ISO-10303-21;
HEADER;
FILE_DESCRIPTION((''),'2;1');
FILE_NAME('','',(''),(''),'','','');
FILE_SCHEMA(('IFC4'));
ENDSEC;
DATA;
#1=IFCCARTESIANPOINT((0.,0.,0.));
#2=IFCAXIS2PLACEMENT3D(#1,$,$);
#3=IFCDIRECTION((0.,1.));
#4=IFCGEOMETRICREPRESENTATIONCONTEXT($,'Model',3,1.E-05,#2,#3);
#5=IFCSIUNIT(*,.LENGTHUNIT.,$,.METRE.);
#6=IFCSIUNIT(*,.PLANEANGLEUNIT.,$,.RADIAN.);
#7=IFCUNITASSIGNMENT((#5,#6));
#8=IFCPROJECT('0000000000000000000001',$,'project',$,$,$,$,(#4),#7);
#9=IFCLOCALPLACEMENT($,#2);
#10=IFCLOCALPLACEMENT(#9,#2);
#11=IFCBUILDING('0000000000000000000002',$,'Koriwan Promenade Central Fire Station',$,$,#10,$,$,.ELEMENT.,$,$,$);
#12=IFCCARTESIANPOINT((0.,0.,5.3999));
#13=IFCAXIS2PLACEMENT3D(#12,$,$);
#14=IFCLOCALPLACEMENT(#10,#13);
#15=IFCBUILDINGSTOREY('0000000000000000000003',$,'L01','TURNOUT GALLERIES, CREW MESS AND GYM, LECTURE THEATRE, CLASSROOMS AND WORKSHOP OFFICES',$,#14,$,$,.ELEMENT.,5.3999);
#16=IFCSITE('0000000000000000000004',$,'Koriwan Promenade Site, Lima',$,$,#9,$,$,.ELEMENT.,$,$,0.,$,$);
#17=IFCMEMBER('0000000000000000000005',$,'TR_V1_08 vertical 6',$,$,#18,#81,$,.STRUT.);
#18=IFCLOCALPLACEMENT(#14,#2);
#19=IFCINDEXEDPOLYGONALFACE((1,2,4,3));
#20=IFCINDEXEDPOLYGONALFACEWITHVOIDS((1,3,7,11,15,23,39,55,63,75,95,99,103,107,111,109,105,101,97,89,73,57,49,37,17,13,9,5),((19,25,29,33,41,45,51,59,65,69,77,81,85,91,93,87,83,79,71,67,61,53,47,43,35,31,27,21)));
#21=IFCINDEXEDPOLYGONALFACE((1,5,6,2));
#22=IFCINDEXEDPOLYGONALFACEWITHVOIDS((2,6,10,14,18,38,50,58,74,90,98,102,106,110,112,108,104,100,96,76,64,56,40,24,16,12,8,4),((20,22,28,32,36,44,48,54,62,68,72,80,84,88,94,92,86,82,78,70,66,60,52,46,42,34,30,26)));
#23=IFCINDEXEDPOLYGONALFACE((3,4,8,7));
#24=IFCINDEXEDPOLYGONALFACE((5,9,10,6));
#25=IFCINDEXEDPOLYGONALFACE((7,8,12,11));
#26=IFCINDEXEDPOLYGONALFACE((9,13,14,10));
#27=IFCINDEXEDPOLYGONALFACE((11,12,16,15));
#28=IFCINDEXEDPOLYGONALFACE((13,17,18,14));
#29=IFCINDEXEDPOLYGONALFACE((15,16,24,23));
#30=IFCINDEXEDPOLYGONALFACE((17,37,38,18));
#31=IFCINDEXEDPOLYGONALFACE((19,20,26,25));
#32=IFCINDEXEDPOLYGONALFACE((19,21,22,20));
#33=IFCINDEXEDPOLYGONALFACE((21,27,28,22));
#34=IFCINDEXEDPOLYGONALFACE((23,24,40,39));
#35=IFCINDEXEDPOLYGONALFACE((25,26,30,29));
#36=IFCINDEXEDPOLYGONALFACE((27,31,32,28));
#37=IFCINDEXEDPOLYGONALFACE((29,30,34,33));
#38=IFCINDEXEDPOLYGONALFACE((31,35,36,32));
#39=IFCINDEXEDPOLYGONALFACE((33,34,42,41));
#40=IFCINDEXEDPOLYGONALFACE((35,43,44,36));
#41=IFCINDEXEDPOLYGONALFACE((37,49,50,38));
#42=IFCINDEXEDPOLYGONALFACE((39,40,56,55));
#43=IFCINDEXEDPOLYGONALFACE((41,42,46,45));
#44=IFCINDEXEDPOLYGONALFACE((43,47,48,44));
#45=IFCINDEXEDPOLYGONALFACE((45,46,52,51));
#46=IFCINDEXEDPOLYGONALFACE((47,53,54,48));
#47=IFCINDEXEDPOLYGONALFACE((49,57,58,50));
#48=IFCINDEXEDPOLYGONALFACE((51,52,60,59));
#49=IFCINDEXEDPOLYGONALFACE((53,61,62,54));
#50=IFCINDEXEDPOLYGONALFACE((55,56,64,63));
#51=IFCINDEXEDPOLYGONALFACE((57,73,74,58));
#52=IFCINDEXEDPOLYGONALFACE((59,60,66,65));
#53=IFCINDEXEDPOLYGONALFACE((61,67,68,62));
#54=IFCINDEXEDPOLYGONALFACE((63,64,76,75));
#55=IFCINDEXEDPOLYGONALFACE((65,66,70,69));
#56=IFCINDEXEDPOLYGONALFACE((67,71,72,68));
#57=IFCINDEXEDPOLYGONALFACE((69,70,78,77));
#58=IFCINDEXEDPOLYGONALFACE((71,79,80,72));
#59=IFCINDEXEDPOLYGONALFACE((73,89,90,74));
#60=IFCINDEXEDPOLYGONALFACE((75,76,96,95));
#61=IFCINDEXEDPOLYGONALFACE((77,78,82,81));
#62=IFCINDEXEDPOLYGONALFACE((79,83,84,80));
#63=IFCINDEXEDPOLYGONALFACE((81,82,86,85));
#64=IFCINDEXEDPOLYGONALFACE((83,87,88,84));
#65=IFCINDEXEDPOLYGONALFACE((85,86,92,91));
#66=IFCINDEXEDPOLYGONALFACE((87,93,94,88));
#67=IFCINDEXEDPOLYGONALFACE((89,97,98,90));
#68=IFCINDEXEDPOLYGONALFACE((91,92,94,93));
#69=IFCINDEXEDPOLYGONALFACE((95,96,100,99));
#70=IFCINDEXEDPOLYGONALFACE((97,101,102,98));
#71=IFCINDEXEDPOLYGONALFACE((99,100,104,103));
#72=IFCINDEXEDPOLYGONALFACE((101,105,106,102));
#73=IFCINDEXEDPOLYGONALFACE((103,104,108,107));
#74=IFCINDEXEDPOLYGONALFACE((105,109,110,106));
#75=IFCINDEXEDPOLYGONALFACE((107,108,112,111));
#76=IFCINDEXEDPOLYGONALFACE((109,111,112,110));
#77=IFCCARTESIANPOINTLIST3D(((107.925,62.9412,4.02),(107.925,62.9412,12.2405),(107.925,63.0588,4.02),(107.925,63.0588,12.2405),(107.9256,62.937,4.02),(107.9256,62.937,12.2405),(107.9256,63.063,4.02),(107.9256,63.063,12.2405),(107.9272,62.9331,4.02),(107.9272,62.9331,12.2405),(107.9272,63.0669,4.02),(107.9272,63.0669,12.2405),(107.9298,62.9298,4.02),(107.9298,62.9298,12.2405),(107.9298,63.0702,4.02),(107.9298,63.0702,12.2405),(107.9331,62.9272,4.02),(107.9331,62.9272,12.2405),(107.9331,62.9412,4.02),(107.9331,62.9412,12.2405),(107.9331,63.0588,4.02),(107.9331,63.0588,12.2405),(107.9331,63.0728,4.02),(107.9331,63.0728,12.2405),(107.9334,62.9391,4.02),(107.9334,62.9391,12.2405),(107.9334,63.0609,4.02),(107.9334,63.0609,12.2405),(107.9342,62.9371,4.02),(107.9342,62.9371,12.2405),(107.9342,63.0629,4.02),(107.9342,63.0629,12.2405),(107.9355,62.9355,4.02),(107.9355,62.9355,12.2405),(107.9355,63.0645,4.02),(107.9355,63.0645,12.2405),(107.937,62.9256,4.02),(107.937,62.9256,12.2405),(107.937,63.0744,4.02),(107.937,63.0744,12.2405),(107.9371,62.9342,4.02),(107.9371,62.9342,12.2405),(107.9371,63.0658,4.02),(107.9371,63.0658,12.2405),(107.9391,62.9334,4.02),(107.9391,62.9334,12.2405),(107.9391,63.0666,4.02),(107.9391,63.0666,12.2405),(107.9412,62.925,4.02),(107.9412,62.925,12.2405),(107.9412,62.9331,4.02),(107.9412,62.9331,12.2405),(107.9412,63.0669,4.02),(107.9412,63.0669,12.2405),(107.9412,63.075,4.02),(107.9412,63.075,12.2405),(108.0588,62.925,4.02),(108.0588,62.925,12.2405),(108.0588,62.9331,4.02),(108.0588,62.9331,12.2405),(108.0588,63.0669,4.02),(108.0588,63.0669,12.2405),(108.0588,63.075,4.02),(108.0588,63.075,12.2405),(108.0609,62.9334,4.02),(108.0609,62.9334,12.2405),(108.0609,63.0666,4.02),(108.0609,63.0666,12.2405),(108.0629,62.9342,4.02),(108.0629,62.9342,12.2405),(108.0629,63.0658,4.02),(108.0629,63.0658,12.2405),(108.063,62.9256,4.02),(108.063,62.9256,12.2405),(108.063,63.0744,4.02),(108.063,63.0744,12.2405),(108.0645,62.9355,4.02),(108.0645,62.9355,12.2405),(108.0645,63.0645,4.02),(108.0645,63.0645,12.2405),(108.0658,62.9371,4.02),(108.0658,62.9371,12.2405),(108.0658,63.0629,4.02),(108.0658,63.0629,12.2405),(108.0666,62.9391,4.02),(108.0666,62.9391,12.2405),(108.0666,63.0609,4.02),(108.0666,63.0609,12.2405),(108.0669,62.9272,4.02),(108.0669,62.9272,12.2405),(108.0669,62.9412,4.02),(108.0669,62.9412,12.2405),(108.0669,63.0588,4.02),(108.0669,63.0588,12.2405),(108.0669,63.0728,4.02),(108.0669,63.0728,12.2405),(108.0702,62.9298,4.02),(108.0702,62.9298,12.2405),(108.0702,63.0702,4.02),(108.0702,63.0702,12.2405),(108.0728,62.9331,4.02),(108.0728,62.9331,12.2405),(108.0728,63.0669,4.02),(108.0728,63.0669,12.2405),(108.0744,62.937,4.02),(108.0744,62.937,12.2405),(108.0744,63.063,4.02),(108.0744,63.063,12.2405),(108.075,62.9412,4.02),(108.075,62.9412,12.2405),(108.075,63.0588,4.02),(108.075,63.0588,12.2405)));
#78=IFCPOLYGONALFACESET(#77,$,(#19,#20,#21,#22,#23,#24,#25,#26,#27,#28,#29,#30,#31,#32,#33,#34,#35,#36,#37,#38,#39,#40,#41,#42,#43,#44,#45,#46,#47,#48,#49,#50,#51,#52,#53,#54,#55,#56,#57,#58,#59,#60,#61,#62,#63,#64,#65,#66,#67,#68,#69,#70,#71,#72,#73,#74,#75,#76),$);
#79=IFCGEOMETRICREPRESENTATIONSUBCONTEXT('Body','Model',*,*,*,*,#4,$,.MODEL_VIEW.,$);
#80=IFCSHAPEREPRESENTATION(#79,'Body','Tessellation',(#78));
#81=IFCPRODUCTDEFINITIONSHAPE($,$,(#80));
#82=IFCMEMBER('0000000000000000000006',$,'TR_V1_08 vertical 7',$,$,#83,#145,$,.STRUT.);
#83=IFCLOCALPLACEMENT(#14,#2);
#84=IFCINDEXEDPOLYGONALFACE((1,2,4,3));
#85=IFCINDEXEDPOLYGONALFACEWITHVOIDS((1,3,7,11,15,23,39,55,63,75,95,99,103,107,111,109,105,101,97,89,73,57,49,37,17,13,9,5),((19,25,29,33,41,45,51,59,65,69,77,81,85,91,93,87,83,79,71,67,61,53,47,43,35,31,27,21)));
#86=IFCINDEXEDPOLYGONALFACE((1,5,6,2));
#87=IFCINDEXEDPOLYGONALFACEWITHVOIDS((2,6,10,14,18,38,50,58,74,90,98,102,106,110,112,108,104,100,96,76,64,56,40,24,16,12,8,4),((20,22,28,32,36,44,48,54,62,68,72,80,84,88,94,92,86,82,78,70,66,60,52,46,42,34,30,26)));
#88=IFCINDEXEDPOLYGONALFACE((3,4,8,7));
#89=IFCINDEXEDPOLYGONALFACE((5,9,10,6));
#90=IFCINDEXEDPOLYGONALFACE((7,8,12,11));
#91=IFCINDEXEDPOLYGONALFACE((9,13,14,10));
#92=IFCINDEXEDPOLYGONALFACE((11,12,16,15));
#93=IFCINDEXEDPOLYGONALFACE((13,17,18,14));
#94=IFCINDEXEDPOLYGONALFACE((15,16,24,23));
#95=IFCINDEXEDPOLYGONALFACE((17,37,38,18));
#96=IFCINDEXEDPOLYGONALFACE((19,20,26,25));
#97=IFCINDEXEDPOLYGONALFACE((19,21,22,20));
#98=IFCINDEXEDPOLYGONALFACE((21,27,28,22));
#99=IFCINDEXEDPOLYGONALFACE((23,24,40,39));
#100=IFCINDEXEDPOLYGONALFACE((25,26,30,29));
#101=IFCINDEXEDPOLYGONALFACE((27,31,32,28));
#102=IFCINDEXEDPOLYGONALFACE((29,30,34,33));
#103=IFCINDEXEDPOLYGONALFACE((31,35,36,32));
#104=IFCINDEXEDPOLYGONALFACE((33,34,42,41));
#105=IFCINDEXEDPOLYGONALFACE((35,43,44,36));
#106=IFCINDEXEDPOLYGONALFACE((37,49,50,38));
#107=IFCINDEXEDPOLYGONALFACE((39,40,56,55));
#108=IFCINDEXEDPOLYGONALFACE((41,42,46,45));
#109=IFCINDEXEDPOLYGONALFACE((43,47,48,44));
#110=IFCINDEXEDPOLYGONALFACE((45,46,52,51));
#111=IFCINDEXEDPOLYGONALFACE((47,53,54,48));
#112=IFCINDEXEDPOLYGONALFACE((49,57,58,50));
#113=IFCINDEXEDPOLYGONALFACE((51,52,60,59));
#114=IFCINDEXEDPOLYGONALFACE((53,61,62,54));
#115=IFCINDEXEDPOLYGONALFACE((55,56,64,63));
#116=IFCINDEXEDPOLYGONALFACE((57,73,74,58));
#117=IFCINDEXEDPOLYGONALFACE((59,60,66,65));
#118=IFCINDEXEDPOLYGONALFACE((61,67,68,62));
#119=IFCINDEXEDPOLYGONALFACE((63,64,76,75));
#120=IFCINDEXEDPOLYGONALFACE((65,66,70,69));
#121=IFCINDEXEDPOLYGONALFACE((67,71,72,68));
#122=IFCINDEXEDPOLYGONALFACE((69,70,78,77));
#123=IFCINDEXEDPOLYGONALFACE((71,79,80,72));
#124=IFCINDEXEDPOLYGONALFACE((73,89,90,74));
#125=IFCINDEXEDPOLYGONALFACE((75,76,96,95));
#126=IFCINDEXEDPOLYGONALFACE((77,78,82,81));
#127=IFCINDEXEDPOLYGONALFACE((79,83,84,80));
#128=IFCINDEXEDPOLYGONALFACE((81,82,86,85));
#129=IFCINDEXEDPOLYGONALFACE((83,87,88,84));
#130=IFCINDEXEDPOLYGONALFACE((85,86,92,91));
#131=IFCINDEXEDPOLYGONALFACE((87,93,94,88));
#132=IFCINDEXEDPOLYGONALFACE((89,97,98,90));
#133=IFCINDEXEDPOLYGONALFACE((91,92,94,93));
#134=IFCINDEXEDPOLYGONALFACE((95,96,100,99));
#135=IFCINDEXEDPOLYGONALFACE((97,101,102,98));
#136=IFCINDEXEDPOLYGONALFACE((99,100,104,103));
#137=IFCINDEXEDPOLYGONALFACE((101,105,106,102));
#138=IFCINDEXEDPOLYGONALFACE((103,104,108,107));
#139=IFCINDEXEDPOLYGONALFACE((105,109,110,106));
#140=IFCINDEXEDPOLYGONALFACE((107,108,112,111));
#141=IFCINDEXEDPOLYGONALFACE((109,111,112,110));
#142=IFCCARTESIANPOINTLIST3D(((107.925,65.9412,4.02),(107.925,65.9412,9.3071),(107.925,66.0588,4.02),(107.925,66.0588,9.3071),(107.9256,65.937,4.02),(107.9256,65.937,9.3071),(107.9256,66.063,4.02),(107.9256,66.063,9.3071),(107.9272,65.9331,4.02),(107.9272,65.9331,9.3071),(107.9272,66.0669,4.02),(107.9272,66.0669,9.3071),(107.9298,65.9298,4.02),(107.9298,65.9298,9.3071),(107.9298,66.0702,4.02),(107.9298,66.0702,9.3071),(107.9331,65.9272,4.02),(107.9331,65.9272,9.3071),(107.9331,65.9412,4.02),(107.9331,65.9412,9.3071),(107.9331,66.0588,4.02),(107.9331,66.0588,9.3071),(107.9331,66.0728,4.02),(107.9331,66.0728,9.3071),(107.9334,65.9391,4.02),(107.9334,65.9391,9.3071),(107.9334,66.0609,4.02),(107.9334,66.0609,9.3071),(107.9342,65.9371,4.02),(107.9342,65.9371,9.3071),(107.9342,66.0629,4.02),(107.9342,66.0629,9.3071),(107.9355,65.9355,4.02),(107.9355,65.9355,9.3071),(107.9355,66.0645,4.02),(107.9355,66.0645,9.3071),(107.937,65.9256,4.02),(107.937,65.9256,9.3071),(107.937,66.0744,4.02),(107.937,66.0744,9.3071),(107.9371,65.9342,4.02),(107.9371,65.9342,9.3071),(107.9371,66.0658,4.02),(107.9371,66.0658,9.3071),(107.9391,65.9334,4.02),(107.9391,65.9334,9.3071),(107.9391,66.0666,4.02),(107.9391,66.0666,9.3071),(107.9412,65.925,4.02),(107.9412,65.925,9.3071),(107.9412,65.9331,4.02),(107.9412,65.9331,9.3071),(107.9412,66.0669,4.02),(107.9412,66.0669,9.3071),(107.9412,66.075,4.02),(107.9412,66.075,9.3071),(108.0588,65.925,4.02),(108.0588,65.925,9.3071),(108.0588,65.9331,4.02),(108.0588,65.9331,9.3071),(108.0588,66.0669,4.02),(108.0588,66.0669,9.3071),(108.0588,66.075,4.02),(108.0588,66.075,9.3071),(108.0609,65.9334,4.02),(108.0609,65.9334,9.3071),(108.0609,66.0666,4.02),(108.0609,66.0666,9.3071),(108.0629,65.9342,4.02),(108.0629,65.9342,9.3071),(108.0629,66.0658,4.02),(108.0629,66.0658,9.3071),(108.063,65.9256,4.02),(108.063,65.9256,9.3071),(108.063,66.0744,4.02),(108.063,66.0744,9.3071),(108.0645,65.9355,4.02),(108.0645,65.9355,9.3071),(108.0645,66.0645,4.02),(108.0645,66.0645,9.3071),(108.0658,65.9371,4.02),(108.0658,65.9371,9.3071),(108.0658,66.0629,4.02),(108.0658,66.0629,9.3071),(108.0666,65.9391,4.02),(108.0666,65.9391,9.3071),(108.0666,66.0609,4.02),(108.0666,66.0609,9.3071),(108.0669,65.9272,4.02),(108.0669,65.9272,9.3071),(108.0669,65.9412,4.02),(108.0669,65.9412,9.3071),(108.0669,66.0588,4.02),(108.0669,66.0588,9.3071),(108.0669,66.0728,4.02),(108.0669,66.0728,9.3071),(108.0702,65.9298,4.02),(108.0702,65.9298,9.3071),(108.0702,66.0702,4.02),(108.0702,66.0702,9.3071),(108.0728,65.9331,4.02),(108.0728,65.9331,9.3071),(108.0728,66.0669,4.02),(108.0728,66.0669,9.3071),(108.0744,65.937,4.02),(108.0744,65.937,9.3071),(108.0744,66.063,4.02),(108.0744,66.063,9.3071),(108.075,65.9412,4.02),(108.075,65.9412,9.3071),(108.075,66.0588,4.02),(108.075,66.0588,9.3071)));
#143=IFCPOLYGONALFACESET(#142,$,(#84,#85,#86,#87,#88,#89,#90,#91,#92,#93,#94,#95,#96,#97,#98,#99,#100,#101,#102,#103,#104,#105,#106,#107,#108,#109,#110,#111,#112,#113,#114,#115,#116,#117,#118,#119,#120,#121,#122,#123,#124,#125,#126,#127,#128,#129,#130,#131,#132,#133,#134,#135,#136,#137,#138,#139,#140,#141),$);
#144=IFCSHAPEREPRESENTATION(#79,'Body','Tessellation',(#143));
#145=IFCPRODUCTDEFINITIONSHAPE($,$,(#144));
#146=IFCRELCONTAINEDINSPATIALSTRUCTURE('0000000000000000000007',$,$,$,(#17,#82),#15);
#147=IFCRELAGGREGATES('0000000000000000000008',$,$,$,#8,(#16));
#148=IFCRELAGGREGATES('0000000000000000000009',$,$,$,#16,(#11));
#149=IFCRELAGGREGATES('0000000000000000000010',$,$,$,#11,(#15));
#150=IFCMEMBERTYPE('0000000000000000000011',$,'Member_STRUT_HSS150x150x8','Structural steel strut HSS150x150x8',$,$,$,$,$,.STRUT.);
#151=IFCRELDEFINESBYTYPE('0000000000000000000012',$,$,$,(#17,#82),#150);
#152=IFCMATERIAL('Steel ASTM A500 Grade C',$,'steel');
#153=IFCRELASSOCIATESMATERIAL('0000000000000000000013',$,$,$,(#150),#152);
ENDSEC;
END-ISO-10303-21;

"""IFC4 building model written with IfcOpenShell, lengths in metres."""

from ifc_helpers import new_model, si_unit, direction, frame, origin, origin_2d, place, context, subcontext, project, spatial, hollow_rectangle, extrude, material, material_profile, profile_set, type_object, element, save


model = new_model("IFC4")

# Units and contexts
model_context = context("Model", 3, precision=1e-05, world=origin(), true_north=direction((0.0, 1.0)))
body_context = subcontext(model_context, "Body", "Model", "MODEL_VIEW")
ifc_project = project(units=[si_unit("LENGTHUNIT", "METRE"), si_unit("PLANEANGLEUNIT", "RADIAN")], contexts=[model_context])

# Site, building, storey
site_placement = place(None, origin())
site = spatial("IfcSite", under=ifc_project, at=site_placement, Name="Koriwan Promenade Site, Lima", CompositionType="ELEMENT", RefElevation=0.0)
building_placement = place(site_placement, origin())
building = spatial("IfcBuilding", under=site, at=building_placement, Name="Koriwan Promenade Central Fire Station", CompositionType="ELEMENT")
storey_placement = place(building_placement, frame((0.0, 0.0, 5.3999)))
storey = spatial("IfcBuildingStorey", under=building, at=storey_placement, Name="L01", Description="TURNOUT GALLERIES, CREW MESS AND GYM, LECTURE THEATRE, CLASSROOMS AND WORKSHOP OFFICES", CompositionType="ELEMENT", Elevation=5.3999)

# Members
ifc_material_1 = material(Name="Steel ASTM A500 Grade C", Category="steel")
ifc_material_profile_1 = material_profile(ifc_material_1, hollow_rectangle(XDim=0.1499, YDim=0.1499, WallThickness=0.0081, InnerFilletRadius=0.0081, OuterFilletRadius=0.0161, at=origin_2d()), Name="HSS150x150x8")
ifc_profile_set_1 = profile_set([ifc_material_profile_1], Name="Steel ASTM A500 Grade C")
member_type_1 = type_object("IfcMemberType", Name="Member_STRUT_HSS150x150x8", Description="Structural steel strut HSS150x150x8", PredefinedType="STRUT", material=ifc_profile_set_1)
member_1_placement = place(storey_placement, frame((108.0, 63.0, 4.02), z_axis=(0.0, 0.0, 1.0), x_axis=(1.0, 0.0, 0.0)))
element("IfcMember", 1, at=member_1_placement, inside=storey, type_object=member_type_1, Name="TR_V1_08 vertical 6", PredefinedType="STRUT", context=body_context, shape_type="SweptSolid", body=[
    extrude(hollow_rectangle(XDim=0.1499, YDim=0.1499, WallThickness=0.0081, InnerFilletRadius=0.0081, OuterFilletRadius=0.0161, at=origin_2d()), origin(), (0.0, 0.0, 1.0), 8.2205),
])
member_2_placement = place(storey_placement, frame((108.0, 66.0, 4.02), z_axis=(0.0, 0.0, 1.0), x_axis=(1.0, 0.0, 0.0)))
element("IfcMember", 2, at=member_2_placement, inside=storey, type_object=member_type_1, Name="TR_V1_08 vertical 7", PredefinedType="STRUT", context=body_context, shape_type="SweptSolid", body=[
    extrude(hollow_rectangle(XDim=0.1499, YDim=0.1499, WallThickness=0.0081, InnerFilletRadius=0.0081, OuterFilletRadius=0.0161, at=origin_2d()), origin(), (0.0, 0.0, 1.0), 5.2871),
])

save(model, "model.ifc")
